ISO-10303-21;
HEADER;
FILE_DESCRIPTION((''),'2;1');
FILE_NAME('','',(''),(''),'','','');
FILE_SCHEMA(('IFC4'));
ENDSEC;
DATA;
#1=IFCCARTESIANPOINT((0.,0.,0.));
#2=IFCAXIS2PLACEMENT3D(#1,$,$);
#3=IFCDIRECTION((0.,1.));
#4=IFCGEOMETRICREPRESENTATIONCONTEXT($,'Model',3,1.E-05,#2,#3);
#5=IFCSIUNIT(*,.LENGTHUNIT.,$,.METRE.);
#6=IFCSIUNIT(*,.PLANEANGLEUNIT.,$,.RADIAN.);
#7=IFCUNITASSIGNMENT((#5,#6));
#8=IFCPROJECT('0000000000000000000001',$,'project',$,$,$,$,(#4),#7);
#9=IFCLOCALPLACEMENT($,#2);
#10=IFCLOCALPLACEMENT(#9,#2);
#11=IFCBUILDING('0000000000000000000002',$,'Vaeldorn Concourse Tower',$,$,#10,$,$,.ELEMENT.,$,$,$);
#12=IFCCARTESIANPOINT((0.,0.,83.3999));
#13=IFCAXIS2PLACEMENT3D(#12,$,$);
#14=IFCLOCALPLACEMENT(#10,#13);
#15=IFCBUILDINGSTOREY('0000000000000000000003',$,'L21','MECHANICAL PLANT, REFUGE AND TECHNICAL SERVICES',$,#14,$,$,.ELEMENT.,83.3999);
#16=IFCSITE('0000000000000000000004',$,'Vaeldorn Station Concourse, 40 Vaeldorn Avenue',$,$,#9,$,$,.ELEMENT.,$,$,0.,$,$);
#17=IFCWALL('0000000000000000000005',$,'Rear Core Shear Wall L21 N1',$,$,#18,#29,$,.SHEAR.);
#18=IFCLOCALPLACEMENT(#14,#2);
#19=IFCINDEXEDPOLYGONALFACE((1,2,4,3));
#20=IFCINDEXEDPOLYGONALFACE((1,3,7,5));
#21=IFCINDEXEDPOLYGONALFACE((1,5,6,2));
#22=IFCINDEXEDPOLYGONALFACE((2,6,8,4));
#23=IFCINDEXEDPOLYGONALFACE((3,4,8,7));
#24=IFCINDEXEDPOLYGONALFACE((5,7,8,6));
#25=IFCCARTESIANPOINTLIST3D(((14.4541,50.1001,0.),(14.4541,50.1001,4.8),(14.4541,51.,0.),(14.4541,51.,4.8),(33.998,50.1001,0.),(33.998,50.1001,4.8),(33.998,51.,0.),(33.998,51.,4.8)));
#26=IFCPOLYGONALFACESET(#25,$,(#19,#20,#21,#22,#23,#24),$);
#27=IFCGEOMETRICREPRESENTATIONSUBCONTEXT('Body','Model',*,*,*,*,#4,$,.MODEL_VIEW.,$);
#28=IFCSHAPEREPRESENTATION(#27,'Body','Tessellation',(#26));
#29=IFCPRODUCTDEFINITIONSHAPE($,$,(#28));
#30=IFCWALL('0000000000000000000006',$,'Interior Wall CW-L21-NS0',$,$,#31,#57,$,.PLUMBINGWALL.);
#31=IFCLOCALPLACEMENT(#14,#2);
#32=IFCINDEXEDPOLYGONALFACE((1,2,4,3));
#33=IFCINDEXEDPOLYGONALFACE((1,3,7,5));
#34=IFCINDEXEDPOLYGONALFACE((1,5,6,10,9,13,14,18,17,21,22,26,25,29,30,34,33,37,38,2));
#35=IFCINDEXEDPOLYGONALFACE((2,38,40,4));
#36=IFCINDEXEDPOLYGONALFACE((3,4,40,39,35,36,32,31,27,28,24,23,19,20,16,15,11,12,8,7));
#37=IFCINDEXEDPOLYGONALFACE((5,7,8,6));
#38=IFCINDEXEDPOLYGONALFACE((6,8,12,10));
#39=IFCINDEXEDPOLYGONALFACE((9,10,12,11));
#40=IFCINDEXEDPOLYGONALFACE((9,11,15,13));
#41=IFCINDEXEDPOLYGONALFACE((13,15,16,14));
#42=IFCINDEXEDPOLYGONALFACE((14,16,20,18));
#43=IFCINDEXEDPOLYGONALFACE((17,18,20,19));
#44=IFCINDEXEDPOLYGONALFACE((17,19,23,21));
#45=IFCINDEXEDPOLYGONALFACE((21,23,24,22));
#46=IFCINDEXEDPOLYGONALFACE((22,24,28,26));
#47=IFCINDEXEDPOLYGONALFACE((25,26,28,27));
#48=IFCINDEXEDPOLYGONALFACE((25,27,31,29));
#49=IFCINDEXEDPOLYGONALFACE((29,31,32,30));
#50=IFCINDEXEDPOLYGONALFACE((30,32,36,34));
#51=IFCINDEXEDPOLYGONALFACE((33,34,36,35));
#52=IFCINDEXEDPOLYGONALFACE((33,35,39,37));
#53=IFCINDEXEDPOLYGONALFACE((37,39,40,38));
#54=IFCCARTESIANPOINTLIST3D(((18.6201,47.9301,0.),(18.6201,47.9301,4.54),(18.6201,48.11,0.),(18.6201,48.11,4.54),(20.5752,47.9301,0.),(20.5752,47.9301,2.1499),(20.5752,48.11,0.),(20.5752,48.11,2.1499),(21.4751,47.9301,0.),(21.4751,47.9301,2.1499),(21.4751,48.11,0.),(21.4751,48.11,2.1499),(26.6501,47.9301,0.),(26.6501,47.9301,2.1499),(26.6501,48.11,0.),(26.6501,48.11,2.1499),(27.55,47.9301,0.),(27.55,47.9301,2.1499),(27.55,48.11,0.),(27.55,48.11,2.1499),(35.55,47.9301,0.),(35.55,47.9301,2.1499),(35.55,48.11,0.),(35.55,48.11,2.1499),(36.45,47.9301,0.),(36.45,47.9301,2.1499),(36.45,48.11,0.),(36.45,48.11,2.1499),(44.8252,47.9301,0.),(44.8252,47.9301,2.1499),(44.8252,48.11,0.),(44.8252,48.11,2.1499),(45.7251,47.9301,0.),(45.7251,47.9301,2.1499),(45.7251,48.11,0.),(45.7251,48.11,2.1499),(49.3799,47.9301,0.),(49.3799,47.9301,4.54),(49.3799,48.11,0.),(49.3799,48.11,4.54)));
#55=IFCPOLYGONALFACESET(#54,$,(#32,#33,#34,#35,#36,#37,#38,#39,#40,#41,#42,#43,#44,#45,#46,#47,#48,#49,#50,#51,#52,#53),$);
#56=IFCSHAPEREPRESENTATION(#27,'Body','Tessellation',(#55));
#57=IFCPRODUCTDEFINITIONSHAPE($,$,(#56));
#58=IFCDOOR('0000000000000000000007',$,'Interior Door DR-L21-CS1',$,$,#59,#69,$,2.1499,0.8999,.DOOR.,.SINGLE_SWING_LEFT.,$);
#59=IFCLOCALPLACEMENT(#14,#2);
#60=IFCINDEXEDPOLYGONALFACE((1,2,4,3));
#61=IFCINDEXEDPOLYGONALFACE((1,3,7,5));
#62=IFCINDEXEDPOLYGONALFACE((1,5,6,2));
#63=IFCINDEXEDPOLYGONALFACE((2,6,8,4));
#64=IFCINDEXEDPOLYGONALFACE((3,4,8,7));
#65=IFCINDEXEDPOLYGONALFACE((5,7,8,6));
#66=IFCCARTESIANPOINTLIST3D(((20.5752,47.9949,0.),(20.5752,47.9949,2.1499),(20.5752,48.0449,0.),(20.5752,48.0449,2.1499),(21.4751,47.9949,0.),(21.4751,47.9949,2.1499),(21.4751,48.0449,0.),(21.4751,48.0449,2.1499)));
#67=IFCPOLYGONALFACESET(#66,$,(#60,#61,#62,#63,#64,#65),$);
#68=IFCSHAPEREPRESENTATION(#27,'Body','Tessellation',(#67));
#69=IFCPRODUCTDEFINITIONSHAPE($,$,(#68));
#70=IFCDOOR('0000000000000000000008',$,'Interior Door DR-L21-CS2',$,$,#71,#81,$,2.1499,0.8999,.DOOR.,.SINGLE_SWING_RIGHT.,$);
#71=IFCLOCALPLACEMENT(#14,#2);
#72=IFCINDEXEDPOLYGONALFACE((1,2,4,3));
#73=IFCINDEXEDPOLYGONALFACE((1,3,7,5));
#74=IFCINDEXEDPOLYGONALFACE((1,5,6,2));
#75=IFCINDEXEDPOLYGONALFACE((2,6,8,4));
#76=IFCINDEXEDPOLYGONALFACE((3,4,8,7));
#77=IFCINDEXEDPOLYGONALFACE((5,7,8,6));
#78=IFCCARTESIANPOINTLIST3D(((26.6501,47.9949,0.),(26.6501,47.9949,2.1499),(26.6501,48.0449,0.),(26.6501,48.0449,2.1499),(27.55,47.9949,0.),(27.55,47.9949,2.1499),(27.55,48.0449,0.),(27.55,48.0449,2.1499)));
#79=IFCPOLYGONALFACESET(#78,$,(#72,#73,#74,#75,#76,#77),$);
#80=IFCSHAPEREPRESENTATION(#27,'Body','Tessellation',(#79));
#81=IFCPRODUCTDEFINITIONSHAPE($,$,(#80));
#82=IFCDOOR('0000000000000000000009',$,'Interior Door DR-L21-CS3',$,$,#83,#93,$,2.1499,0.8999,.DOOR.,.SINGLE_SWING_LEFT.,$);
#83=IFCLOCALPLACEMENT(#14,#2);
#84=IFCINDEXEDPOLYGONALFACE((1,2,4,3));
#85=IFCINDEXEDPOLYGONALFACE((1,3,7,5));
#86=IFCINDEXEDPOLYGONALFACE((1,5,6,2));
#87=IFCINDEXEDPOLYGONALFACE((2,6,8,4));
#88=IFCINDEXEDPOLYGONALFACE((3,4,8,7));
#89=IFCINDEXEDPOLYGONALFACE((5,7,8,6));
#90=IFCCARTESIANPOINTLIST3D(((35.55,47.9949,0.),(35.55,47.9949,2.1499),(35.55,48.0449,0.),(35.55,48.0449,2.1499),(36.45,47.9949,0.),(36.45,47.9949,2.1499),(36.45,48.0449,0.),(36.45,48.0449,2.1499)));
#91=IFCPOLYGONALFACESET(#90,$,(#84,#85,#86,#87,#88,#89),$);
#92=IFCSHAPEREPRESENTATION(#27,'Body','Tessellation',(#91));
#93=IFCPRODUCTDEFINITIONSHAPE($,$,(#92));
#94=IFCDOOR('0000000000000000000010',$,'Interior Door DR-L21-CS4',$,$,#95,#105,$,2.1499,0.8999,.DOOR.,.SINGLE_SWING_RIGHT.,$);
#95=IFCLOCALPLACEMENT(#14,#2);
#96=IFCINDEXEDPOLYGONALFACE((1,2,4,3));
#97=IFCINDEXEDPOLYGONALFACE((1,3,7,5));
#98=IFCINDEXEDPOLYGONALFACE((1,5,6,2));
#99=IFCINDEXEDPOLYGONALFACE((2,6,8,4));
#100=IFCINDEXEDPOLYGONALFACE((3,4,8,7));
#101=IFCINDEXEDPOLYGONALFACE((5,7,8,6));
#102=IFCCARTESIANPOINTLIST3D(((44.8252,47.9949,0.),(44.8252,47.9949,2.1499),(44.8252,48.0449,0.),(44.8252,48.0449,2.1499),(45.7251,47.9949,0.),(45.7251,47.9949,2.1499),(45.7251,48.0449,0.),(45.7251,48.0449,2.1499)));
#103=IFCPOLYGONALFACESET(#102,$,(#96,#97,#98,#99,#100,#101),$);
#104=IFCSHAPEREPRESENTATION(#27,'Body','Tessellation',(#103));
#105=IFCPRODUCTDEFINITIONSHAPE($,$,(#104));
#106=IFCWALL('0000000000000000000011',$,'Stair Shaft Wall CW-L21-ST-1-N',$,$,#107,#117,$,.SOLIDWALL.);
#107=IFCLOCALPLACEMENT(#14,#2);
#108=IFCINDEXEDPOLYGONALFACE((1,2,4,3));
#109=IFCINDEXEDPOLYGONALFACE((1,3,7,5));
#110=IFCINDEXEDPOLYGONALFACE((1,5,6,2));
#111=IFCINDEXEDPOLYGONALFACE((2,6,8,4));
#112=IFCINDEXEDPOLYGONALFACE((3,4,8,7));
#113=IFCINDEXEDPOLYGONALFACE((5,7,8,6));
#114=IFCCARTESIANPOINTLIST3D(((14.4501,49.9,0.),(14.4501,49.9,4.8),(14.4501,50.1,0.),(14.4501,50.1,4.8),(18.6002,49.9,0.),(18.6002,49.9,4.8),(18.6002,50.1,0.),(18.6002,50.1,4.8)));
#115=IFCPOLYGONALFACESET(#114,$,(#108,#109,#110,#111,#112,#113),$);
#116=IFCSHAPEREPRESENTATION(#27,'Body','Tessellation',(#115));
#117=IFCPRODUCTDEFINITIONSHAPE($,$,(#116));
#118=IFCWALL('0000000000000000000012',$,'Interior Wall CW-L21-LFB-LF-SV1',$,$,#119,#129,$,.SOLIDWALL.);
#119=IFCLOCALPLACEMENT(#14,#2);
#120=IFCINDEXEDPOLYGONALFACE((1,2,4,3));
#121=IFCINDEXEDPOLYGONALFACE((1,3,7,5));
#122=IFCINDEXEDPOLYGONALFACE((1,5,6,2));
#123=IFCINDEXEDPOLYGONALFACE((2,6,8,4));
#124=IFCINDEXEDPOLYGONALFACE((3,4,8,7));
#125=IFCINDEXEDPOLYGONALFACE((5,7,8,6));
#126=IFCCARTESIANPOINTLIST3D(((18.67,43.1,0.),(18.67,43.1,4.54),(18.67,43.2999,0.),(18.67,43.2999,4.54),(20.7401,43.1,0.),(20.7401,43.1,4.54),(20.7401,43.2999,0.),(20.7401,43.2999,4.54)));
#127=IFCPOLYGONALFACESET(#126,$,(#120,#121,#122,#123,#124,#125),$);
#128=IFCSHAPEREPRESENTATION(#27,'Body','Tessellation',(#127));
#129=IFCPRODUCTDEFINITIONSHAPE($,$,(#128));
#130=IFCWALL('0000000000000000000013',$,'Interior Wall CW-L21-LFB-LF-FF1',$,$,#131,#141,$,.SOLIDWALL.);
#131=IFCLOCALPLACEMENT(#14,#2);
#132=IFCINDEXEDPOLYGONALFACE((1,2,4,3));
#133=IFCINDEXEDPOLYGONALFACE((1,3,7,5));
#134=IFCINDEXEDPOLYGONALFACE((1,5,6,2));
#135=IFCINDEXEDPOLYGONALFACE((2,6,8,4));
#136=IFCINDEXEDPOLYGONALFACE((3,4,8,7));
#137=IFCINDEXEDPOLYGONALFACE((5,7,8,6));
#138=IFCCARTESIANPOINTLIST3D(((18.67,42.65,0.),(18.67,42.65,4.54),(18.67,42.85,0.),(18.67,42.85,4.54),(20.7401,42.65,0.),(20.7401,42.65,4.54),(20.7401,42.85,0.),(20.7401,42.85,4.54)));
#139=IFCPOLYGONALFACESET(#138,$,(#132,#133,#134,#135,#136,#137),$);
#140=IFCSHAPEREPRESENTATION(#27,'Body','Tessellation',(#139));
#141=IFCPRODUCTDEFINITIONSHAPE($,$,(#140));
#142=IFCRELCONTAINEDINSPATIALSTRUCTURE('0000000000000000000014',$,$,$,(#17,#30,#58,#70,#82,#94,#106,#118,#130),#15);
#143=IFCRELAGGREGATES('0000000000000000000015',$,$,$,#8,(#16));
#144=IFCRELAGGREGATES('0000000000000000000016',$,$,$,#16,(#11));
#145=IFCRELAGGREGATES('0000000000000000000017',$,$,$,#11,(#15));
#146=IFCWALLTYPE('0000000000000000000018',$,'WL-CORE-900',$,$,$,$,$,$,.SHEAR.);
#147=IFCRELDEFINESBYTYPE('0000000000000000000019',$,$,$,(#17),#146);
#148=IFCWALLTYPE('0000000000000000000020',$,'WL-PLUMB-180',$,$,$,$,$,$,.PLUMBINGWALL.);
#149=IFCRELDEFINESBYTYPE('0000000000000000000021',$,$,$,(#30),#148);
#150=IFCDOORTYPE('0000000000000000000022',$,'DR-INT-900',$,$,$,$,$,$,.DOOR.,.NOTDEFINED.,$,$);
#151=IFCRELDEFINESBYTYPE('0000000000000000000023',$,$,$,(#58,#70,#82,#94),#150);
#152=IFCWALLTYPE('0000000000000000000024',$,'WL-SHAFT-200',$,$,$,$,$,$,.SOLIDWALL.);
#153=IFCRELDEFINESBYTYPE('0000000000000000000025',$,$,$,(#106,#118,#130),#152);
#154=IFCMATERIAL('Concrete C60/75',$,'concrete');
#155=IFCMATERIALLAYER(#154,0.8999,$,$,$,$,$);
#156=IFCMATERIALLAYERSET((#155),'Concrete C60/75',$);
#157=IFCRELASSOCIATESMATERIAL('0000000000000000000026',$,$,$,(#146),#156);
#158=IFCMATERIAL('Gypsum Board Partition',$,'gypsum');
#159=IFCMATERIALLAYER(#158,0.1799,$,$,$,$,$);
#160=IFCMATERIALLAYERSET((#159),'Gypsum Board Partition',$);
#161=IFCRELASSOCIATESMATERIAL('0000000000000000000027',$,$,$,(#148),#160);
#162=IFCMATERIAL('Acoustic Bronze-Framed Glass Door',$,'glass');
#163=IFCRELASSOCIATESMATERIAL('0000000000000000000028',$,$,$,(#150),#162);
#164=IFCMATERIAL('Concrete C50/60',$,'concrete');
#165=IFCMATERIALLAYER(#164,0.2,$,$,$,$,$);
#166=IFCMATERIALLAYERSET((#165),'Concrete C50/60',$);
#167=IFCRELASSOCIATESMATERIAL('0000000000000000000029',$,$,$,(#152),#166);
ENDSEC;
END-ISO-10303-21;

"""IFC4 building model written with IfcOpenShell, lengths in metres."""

from ifc_helpers import new_model, si_unit, direction, frame, frame_2d, origin, place, context, subcontext, project, spatial, rectangle, extrude, source, transform, mapped, material, layer, layer_set, type_object, element, fill, save


model = new_model("IFC4")

# Units and contexts
model_context = context("Model", 3, precision=1e-05, world=origin(), true_north=direction((0.0, 1.0)))
body_context = subcontext(model_context, "Body", "Model", "MODEL_VIEW")
ifc_project = project(units=[si_unit("LENGTHUNIT", "METRE"), si_unit("PLANEANGLEUNIT", "RADIAN")], contexts=[model_context])

# Site, building, storey
site_placement = place(None, origin())
site = spatial("IfcSite", under=ifc_project, at=site_placement, Name="Vaeldorn Station Concourse, 40 Vaeldorn Avenue", CompositionType="ELEMENT", RefElevation=0.0)
building_placement = place(site_placement, origin())
building = spatial("IfcBuilding", under=site, at=building_placement, Name="Vaeldorn Concourse Tower", CompositionType="ELEMENT")
storey_placement = place(building_placement, frame((0.0, 0.0, 83.3999)))
storey = spatial("IfcBuildingStorey", under=building, at=storey_placement, Name="L21", Description="MECHANICAL PLANT, REFUGE AND TECHNICAL SERVICES", CompositionType="ELEMENT", Elevation=83.3999)

# Wall
ifc_material_1 = material(Name="Concrete C60/75", Category="concrete")
ifc_layer_1 = layer(ifc_material_1, 0.8999)
ifc_layer_set_1 = layer_set([ifc_layer_1], Name="Concrete C60/75")
wall_type_1 = type_object("IfcWallType", Name="WL-CORE-900", PredefinedType="SHEAR", material=ifc_layer_set_1)
wall_1_placement = place(storey_placement, frame((14.4541, 50.55, 0.0), z_axis=(0.0, 0.0, 1.0), x_axis=(1.0, 0.0, 0.0)))
element("IfcWall", 1, at=wall_1_placement, inside=storey, type_object=wall_type_1, Name="Rear Core Shear Wall L21 N1", PredefinedType="SHEAR", context=body_context, shape_type="SweptSolid", body=[
    extrude(rectangle(XDim=19.5439, YDim=0.8999, at=frame_2d((9.772, 0.0))), origin(), (0.0, 0.0, 1.0), 4.8),
])

# Wall, openings, doors
ifc_material_2 = material(Name="Gypsum Board Partition", Category="gypsum")
ifc_layer_2 = layer(ifc_material_2, 0.1799)
ifc_layer_set_2 = layer_set([ifc_layer_2], Name="Gypsum Board Partition")
wall_type_2 = type_object("IfcWallType", Name="WL-PLUMB-180", PredefinedType="PLUMBINGWALL", material=ifc_layer_set_2)
wall_2_placement = place(storey_placement, frame((18.6201, 48.02, 0.0), z_axis=(0.0, 0.0, 1.0), x_axis=(1.0, 0.0, 0.0)))
wall_2 = element("IfcWall", 2, at=wall_2_placement, inside=storey, type_object=wall_type_2, Name="Interior Wall CW-L21-NS0", PredefinedType="PLUMBINGWALL", context=body_context, shape_type="SweptSolid", body=[
    extrude(rectangle(XDim=30.7598, YDim=0.1799, at=frame_2d((15.3799, 0.0))), origin(), (0.0, 0.0, 1.0), 4.54),
])
opening_1_placement = place(wall_2_placement, frame((1.9551, 0.0, 0.0)))
opening_1 = element("IfcOpeningElement", 3, at=opening_1_placement, cuts=wall_2, PredefinedType="OPENING", context=body_context, shape_type="SweptSolid", body=[
    extrude(rectangle(XDim=0.8999, YDim=2.1499, at=frame_2d((0.45, 1.075))), frame((0.0, 0.1001, 0.0), z_axis=(0.0, -1.0, 0.0), x_axis=(1.0, 0.0, 0.0)), (0.0, 0.0, 1.0), 0.2),
])
opening_2_placement = place(wall_2_placement, frame((8.03, 0.0, 0.0)))
opening_2 = element("IfcOpeningElement", 4, at=opening_2_placement, cuts=wall_2, PredefinedType="OPENING", context=body_context, shape_type="SweptSolid", body=[
    extrude(rectangle(XDim=0.8999, YDim=2.1499, at=frame_2d((0.45, 1.075))), frame((0.0, 0.1001, 0.0), z_axis=(0.0, -1.0, 0.0), x_axis=(1.0, 0.0, 0.0)), (0.0, 0.0, 1.0), 0.2),
])
opening_3_placement = place(wall_2_placement, frame((16.9299, 0.0, 0.0)))
opening_3 = element("IfcOpeningElement", 5, at=opening_3_placement, cuts=wall_2, PredefinedType="OPENING", context=body_context, shape_type="SweptSolid", body=[
    extrude(rectangle(XDim=0.8999, YDim=2.1499, at=frame_2d((0.45, 1.075))), frame((0.0, 0.1001, 0.0), z_axis=(0.0, -1.0, 0.0), x_axis=(1.0, 0.0, 0.0)), (0.0, 0.0, 1.0), 0.2),
])
opening_4_placement = place(wall_2_placement, frame((26.2051, 0.0, 0.0)))
opening_4 = element("IfcOpeningElement", 6, at=opening_4_placement, cuts=wall_2, PredefinedType="OPENING", context=body_context, shape_type="SweptSolid", body=[
    extrude(rectangle(XDim=0.8999, YDim=2.1499, at=frame_2d((0.45, 1.075))), frame((0.0, 0.1001, 0.0), z_axis=(0.0, -1.0, 0.0), x_axis=(1.0, 0.0, 0.0)), (0.0, 0.0, 1.0), 0.2),
])
ifc_material_3 = material(Name="Acoustic Bronze-Framed Glass Door", Category="glass")
door_type = type_object("IfcDoorType", Name="DR-INT-900", OperationType="NOTDEFINED", PredefinedType="DOOR", material=ifc_material_3)
shared_shape_1 = source(origin(), body_context, "Body", "SweptSolid", [
    extrude(rectangle(XDim=0.8999, YDim=2.1499, at=frame_2d((0.45, 1.075))), frame((0.0, 0.0249, 0.0), z_axis=(0.0, -1.0, 0.0), x_axis=(1.0, 0.0, 0.0)), (0.0, 0.0, 1.0), 0.05),
])
door_1_placement = place(opening_1_placement, origin())
door_1 = element("IfcDoor", 7, at=door_1_placement, inside=storey, type_object=door_type, Name="Interior Door DR-L21-CS1", OperationType="SINGLE_SWING_LEFT", OverallHeight=2.1499, OverallWidth=0.8999, PredefinedType="DOOR", context=body_context, shape_type="MappedRepresentation", body=[
    mapped(shared_shape_1, transform((0.0, 0.0, 0.0), scale=1.0)),
])
fill(opening_1, door_1)
door_2_placement = place(opening_2_placement, origin())
door_2 = element("IfcDoor", 8, at=door_2_placement, inside=storey, type_object=door_type, Name="Interior Door DR-L21-CS2", OperationType="SINGLE_SWING_RIGHT", OverallHeight=2.1499, OverallWidth=0.8999, PredefinedType="DOOR", context=body_context, shape_type="MappedRepresentation", body=[
    mapped(shared_shape_1, transform((0.0, 0.0, 0.0), scale=1.0)),
])
fill(opening_2, door_2)
door_3_placement = place(opening_3_placement, origin())
door_3 = element("IfcDoor", 9, at=door_3_placement, inside=storey, type_object=door_type, Name="Interior Door DR-L21-CS3", OperationType="SINGLE_SWING_LEFT", OverallHeight=2.1499, OverallWidth=0.8999, PredefinedType="DOOR", context=body_context, shape_type="MappedRepresentation", body=[
    mapped(shared_shape_1, transform((0.0, 0.0, 0.0), scale=1.0)),
])
fill(opening_3, door_3)
door_4_placement = place(opening_4_placement, origin())
door_4 = element("IfcDoor", 10, at=door_4_placement, inside=storey, type_object=door_type, Name="Interior Door DR-L21-CS4", OperationType="SINGLE_SWING_RIGHT", OverallHeight=2.1499, OverallWidth=0.8999, PredefinedType="DOOR", context=body_context, shape_type="MappedRepresentation", body=[
    mapped(shared_shape_1, transform((0.0, 0.0, 0.0), scale=1.0)),
])
fill(opening_4, door_4)

# Walls
ifc_material_4 = material(Name="Concrete C50/60", Category="concrete")
ifc_layer_3 = layer(ifc_material_4, 0.2)
ifc_layer_set_3 = layer_set([ifc_layer_3], Name="Concrete C50/60")
wall_type_3 = type_object("IfcWallType", Name="WL-SHAFT-200", PredefinedType="SOLIDWALL", material=ifc_layer_set_3)
wall_3_placement = place(storey_placement, frame((14.45, 50.0, 0.0), z_axis=(0.0, 0.0, 1.0), x_axis=(1.0, 0.0, 0.0)))
element("IfcWall", 11, at=wall_3_placement, inside=storey, type_object=wall_type_3, Name="Stair Shaft Wall CW-L21-ST-1-N", PredefinedType="SOLIDWALL", context=body_context, shape_type="SweptSolid", body=[
    extrude(rectangle(XDim=4.1501, YDim=0.2, at=frame_2d((2.0752, 0.0))), origin(), (0.0, 0.0, 1.0), 4.8),
])
for number, where, z_axis, x_axis, name in (
    (12, (18.6699, 43.2, 0.0), (0.0, 0.0, 1.0), (1.0, 0.0, 0.0), "Interior Wall CW-L21-LFB-LF-SV1"),
    (13, (18.6699, 42.75, 0.0), (0.0, 0.0, 1.0), (1.0, 0.0, 0.0), "Interior Wall CW-L21-LFB-LF-FF1"),
):
    element("IfcWall", number, at=place(storey_placement, frame(where, z_axis=z_axis, x_axis=x_axis)), inside=storey, type_object=wall_type_3, Name=name, PredefinedType="SOLIDWALL", context=body_context, shape_type="SweptSolid", body=[
        extrude(rectangle(XDim=2.0701, YDim=0.2, at=frame_2d((1.0352, 0.0))), origin(), (0.0, 0.0, 1.0), 4.54),
    ])

save(model, "model.ifc")
